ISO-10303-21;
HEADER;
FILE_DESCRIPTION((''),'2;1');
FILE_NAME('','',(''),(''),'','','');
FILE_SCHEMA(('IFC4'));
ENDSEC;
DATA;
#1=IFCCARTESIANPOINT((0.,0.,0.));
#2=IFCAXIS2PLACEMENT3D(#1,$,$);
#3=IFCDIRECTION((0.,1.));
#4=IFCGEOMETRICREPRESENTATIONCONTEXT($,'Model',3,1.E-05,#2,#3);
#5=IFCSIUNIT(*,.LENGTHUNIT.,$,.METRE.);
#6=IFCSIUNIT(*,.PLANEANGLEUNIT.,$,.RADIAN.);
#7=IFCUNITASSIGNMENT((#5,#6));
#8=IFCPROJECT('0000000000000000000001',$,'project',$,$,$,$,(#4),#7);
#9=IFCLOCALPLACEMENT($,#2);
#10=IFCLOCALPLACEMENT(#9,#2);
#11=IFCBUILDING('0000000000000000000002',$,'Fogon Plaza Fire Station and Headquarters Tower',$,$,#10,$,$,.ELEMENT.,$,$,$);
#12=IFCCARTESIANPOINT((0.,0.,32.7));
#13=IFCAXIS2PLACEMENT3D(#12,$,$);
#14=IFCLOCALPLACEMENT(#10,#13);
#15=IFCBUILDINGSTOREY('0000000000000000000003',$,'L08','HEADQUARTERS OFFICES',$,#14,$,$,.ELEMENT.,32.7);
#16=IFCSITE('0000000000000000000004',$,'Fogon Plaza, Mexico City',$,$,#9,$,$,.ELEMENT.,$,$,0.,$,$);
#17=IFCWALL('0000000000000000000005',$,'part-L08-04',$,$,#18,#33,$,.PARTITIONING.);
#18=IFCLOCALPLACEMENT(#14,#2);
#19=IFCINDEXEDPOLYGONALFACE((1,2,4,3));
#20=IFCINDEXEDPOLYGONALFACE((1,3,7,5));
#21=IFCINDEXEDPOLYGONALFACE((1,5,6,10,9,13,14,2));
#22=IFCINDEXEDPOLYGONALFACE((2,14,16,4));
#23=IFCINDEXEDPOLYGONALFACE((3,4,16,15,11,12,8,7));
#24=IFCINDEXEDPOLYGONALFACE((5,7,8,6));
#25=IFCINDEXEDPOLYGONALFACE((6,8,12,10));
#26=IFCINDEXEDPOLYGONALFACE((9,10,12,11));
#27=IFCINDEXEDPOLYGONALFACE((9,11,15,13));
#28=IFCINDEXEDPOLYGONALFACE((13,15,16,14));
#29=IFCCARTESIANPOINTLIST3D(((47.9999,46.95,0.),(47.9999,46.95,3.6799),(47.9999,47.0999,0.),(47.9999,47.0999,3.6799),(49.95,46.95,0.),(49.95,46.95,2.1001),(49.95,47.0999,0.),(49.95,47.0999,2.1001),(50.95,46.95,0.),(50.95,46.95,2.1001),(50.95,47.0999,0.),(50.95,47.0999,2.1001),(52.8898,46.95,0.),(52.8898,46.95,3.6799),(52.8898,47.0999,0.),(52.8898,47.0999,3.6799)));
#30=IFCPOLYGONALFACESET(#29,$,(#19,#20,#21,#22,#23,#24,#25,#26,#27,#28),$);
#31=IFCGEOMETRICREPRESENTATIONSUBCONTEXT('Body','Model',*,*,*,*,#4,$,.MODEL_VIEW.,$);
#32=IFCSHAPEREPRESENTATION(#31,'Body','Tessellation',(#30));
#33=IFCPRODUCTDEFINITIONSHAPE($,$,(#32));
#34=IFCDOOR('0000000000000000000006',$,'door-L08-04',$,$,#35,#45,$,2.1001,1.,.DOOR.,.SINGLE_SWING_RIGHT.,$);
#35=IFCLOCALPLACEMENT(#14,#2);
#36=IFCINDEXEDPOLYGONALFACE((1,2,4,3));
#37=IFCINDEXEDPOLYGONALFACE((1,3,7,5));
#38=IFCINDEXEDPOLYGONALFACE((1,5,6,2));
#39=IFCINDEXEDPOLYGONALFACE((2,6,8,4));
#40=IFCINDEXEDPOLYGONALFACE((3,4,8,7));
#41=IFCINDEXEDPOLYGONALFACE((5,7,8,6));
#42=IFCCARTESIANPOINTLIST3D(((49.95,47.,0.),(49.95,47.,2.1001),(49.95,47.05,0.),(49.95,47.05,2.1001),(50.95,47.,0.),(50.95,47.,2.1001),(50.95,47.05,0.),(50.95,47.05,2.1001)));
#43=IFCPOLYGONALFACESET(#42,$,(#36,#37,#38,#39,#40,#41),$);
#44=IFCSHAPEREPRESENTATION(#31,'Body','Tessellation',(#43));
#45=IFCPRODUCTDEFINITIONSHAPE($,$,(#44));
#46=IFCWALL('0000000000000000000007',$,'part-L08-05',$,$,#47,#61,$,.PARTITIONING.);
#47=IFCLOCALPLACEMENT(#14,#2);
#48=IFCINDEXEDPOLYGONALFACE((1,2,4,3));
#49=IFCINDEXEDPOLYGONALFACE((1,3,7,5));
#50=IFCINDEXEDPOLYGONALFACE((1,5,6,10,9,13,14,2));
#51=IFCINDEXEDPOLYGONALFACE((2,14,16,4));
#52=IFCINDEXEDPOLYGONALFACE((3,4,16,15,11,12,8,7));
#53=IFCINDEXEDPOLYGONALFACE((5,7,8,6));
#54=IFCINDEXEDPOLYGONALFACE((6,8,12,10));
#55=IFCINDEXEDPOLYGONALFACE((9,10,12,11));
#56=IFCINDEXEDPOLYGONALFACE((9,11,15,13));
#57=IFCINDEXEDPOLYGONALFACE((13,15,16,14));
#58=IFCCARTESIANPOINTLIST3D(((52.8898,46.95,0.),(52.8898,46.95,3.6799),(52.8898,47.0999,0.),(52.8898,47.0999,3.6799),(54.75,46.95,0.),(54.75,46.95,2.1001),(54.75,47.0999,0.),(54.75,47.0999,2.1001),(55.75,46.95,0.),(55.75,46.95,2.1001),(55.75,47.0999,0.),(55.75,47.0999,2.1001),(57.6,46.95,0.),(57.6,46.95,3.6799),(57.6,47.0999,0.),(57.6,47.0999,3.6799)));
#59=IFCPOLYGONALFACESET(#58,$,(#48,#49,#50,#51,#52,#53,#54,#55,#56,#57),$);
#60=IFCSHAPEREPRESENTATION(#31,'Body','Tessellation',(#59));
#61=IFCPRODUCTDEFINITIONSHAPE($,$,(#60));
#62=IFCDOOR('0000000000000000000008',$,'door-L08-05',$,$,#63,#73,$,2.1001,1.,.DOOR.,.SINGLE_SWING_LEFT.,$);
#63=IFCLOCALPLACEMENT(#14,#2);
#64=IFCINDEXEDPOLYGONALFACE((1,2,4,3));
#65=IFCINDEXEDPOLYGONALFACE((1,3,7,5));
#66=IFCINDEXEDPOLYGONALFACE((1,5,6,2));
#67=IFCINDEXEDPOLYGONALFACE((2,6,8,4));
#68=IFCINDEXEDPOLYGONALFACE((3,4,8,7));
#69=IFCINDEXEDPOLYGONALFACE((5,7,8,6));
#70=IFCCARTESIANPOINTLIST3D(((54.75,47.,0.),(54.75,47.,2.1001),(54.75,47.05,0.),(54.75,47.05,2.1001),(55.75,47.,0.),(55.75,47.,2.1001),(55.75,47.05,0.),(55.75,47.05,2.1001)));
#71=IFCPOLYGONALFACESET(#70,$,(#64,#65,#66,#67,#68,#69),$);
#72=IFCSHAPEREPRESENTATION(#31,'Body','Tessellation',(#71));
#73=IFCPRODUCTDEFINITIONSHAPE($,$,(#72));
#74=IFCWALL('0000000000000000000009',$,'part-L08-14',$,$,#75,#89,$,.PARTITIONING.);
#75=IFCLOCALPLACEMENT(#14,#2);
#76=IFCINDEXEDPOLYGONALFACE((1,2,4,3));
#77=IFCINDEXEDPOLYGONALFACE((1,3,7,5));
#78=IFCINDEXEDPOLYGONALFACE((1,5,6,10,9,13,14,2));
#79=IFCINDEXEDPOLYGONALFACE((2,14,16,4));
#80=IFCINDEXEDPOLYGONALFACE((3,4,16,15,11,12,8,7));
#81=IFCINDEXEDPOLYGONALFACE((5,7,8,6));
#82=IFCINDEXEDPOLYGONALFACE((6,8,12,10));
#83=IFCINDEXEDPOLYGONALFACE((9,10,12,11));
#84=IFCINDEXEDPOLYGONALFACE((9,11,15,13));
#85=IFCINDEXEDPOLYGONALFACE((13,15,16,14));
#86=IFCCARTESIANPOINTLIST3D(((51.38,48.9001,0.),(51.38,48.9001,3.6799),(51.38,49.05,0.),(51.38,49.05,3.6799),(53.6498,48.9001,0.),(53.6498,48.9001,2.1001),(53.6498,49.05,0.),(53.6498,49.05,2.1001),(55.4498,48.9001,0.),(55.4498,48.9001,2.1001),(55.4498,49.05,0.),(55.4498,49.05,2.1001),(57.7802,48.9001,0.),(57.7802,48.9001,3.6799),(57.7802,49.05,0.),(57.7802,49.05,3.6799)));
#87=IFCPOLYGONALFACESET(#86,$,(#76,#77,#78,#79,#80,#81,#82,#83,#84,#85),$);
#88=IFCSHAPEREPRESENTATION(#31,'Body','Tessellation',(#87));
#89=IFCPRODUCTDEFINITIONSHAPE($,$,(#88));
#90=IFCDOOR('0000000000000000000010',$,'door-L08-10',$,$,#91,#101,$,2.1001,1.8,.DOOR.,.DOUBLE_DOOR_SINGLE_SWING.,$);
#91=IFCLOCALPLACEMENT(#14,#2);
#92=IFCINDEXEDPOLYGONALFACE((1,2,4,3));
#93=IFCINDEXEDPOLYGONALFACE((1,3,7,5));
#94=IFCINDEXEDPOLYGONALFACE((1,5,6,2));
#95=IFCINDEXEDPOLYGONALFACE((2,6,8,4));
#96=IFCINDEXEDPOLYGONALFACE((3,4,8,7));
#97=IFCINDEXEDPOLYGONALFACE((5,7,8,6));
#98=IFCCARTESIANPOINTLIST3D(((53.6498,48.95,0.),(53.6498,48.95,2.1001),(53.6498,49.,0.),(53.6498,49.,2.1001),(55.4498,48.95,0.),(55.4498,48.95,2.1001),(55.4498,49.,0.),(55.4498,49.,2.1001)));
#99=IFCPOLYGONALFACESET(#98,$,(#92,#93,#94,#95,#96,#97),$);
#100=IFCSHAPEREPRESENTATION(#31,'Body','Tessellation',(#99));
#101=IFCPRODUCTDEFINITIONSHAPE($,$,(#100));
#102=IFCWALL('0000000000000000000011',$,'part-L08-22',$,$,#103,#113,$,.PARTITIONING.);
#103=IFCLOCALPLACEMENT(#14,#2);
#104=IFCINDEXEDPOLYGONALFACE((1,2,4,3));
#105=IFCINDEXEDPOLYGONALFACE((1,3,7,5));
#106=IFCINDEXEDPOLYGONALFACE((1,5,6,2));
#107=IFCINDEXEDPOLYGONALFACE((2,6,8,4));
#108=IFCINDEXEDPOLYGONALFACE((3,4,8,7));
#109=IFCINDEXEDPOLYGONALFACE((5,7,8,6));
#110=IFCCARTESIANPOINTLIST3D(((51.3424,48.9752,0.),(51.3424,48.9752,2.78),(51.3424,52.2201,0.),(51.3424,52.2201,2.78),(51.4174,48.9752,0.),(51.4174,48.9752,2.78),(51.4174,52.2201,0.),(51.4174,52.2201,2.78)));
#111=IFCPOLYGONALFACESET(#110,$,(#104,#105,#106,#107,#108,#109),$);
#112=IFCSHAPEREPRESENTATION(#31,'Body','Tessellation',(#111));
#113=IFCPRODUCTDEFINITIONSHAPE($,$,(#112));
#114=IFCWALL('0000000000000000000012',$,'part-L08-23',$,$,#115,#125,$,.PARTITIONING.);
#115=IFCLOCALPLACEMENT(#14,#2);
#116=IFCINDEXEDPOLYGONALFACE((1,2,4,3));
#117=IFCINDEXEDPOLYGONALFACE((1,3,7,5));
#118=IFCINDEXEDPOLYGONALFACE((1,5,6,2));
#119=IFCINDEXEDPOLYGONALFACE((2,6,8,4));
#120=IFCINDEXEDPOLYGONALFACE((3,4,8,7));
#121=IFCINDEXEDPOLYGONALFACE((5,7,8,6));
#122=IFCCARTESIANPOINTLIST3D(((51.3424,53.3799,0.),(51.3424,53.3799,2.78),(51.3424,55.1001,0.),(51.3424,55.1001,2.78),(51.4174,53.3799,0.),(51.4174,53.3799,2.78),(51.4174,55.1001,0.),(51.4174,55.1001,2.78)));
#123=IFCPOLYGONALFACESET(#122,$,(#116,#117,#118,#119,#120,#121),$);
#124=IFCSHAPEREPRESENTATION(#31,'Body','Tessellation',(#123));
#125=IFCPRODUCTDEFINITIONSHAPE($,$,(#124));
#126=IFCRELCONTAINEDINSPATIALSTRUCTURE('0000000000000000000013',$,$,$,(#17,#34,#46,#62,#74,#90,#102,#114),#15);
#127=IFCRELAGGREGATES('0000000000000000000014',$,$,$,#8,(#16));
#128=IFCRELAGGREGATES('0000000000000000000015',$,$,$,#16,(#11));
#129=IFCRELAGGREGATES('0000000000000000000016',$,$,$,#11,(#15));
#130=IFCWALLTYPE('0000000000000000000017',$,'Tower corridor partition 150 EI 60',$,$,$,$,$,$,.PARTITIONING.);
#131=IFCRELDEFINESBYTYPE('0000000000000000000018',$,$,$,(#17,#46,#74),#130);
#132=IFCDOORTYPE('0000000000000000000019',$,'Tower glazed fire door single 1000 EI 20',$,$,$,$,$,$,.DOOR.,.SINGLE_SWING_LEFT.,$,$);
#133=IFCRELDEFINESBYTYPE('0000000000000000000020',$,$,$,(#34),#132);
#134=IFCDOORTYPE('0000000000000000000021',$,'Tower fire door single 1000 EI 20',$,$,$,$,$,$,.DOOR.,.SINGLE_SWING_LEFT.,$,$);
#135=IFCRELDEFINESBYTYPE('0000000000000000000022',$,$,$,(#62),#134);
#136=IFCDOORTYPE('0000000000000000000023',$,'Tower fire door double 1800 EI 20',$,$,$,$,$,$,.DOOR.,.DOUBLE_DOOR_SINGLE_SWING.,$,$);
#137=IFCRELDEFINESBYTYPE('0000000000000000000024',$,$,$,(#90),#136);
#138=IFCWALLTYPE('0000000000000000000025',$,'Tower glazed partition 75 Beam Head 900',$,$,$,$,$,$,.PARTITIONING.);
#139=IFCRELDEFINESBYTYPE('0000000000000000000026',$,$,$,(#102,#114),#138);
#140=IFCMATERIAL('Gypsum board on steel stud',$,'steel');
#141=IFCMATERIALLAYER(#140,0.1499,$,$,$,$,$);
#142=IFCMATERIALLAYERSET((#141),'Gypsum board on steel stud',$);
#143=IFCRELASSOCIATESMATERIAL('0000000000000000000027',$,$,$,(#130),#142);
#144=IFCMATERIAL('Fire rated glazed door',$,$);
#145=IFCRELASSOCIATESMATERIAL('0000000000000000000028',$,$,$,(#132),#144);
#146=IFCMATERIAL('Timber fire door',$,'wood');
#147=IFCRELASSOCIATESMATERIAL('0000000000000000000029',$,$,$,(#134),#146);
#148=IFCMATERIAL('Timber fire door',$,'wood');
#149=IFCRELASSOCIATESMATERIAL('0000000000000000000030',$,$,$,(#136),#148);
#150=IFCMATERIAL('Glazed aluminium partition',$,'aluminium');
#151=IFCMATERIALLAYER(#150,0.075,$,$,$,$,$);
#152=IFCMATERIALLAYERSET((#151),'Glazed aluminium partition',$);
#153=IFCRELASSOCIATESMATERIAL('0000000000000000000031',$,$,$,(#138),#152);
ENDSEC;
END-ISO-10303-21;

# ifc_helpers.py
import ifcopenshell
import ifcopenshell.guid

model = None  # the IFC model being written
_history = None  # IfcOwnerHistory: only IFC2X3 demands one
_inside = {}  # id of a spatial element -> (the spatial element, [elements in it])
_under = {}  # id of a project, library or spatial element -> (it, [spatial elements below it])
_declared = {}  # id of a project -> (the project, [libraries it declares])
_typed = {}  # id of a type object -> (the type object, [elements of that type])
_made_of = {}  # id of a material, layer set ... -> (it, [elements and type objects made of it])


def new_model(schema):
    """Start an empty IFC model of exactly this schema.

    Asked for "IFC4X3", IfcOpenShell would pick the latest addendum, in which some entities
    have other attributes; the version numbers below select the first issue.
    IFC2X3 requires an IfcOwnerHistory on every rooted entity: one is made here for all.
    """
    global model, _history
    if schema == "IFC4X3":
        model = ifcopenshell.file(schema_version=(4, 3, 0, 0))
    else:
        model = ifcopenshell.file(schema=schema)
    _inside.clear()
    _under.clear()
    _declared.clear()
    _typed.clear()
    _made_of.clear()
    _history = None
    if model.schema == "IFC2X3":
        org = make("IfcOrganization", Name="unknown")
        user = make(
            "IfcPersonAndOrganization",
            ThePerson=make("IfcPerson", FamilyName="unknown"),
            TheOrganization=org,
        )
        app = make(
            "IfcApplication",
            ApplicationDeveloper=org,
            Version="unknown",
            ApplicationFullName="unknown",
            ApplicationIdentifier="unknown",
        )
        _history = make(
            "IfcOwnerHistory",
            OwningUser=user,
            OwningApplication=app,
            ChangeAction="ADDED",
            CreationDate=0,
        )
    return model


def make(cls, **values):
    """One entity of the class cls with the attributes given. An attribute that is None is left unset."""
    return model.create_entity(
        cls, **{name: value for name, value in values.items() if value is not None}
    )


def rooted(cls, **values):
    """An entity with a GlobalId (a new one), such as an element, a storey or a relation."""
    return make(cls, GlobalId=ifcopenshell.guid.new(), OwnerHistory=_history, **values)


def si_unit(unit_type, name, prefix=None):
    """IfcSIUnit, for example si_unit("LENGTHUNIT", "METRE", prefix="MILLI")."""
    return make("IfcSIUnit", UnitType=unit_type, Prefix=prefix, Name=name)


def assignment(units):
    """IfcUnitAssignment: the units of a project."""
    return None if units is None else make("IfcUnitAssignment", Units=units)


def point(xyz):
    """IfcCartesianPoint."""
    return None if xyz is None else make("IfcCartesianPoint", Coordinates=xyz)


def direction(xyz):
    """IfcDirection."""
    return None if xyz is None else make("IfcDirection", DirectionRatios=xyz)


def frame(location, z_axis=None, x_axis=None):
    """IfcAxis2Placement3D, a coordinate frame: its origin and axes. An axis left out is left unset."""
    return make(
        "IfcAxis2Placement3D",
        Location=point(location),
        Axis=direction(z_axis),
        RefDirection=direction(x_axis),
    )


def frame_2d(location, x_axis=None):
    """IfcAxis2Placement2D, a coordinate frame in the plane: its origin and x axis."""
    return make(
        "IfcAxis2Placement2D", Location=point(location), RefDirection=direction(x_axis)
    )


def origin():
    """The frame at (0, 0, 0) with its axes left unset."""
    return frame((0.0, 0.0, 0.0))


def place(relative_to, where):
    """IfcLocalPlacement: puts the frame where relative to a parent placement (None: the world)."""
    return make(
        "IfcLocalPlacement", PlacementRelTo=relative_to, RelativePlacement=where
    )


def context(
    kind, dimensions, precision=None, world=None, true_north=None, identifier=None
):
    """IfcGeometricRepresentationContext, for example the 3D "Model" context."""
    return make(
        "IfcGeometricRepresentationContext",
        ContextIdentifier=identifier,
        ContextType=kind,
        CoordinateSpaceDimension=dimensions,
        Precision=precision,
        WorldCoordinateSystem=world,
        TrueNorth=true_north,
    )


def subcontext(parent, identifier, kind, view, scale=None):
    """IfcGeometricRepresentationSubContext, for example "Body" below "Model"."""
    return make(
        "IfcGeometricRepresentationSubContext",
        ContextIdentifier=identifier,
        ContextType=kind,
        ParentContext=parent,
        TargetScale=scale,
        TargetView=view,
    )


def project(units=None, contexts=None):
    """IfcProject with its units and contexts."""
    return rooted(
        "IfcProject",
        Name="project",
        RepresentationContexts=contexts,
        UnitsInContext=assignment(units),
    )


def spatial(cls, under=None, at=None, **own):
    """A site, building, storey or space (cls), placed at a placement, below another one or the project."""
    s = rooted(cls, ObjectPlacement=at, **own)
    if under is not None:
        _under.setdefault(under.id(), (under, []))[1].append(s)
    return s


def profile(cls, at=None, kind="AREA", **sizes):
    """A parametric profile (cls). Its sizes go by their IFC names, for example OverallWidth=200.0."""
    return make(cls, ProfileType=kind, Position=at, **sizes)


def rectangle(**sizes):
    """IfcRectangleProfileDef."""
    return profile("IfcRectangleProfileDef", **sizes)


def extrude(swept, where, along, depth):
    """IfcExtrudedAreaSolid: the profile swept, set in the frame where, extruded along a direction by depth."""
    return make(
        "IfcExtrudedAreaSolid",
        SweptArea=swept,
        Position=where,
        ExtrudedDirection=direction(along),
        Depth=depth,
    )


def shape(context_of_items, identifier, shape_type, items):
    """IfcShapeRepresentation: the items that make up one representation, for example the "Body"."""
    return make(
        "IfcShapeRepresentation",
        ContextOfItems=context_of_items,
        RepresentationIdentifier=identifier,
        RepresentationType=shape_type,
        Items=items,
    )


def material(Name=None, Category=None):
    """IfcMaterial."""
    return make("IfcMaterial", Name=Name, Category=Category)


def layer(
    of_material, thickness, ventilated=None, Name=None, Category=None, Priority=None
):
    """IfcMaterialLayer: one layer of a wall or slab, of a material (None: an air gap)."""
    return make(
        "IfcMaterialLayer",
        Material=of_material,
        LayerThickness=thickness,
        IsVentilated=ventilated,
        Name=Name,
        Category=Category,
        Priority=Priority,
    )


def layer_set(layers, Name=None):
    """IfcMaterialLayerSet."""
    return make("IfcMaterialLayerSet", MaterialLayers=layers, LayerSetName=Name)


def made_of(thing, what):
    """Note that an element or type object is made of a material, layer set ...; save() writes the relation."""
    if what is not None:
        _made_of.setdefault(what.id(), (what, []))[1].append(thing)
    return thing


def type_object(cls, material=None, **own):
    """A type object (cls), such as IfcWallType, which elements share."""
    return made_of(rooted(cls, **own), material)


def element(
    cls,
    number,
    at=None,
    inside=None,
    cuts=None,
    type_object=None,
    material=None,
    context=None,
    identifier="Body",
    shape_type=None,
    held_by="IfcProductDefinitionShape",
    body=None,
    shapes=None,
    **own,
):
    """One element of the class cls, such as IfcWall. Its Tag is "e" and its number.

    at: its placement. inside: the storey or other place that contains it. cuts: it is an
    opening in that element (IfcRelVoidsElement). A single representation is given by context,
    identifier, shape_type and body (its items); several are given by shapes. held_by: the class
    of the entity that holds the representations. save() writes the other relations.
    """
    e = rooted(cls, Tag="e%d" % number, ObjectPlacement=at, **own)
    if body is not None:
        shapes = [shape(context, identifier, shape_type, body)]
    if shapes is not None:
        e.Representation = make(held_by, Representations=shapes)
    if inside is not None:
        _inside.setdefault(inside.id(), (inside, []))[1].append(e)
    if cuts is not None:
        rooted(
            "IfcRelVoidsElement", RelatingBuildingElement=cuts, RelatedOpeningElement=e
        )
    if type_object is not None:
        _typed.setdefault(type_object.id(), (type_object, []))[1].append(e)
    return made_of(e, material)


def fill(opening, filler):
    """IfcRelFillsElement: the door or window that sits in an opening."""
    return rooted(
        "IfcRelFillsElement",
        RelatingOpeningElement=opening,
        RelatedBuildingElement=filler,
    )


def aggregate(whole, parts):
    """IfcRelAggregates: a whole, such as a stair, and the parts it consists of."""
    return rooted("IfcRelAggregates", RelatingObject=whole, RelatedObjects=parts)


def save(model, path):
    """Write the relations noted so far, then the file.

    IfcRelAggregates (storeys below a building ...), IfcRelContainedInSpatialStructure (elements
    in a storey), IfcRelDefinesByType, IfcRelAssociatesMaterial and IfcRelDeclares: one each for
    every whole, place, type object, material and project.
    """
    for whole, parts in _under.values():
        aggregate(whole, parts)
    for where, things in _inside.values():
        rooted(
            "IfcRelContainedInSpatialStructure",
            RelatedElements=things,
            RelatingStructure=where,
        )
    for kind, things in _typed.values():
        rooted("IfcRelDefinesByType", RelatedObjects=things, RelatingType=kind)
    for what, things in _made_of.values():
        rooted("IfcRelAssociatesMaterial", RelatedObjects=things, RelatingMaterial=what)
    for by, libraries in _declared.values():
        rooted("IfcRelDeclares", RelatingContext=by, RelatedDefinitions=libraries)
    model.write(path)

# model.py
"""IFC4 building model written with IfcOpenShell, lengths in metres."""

from ifc_helpers import new_model, si_unit, direction, frame, frame_2d, origin, place, context, subcontext, project, spatial, rectangle, extrude, material, layer, layer_set, type_object, element, fill, save


model = new_model("IFC4")

# Units and contexts
model_context = context("Model", 3, precision=1e-05, world=origin(), true_north=direction((0.0, 1.0)))
body_context = subcontext(model_context, "Body", "Model", "MODEL_VIEW")
ifc_project = project(units=[si_unit("LENGTHUNIT", "METRE"), si_unit("PLANEANGLEUNIT", "RADIAN")], contexts=[model_context])

# Site, building, storey
site_placement = place(None, origin())
site = spatial("IfcSite", under=ifc_project, at=site_placement, Name="Fogon Plaza, Mexico City", CompositionType="ELEMENT", RefElevation=0.0)
building_placement = place(site_placement, origin())
building = spatial("IfcBuilding", under=site, at=building_placement, Name="Fogon Plaza Fire Station and Headquarters Tower", CompositionType="ELEMENT")
storey_placement = place(building_placement, frame((0.0, 0.0, 32.7)))
storey = spatial("IfcBuildingStorey", under=building, at=storey_placement, Name="L08", Description="HEADQUARTERS OFFICES", CompositionType="ELEMENT", Elevation=32.7)

# Walls, openings, doors
ifc_material_1 = material(Name="Gypsum board on steel stud", Category="steel")
ifc_layer_1 = layer(ifc_material_1, 0.1499)
ifc_layer_set_1 = layer_set([ifc_layer_1], Name="Gypsum board on steel stud")
wall_type_1 = type_object("IfcWallType", Name="Tower corridor partition 150 EI 60", PredefinedType="PARTITIONING", material=ifc_layer_set_1)
wall_1_placement = place(storey_placement, frame((48.0, 47.0249, 0.0), z_axis=(0.0, 0.0, 1.0), x_axis=(1.0, 0.0, 0.0)))
wall_1 = element("IfcWall", 1, at=wall_1_placement, inside=storey, type_object=wall_type_1, Name="part-L08-04", PredefinedType="PARTITIONING", context=body_context, shape_type="SweptSolid", body=[
    extrude(rectangle(XDim=4.8899, YDim=0.1499, at=frame_2d((2.4448, 0.0))), origin(), (0.0, 0.0, 1.0), 3.6799),
])
opening_1_placement = place(wall_1_placement, frame((1.95, 0.0, 0.0)))
opening_1 = element("IfcOpeningElement", 2, at=opening_1_placement, cuts=wall_1, PredefinedType="OPENING", context=body_context, shape_type="SweptSolid", body=[
    extrude(rectangle(XDim=1.0, YDim=2.1001, at=frame_2d((0.5, 1.05))), frame((0.0, 0.085, 0.0), z_axis=(0.0, -1.0, 0.0), x_axis=(1.0, 0.0, 0.0)), (0.0, 0.0, 1.0), 0.1699),
])
ifc_material_2 = material(Name="Fire rated glazed door")
door_type_1 = type_object("IfcDoorType", Name="Tower glazed fire door single 1000 EI 20", OperationType="SINGLE_SWING_LEFT", PredefinedType="DOOR", material=ifc_material_2)
door_1_placement = place(opening_1_placement, frame((1.0, 0.0, 0.0), z_axis=(0.0, 0.0, 1.0), x_axis=(-1.0, 0.0, 0.0)))
door_1 = element("IfcDoor", 3, at=door_1_placement, inside=storey, type_object=door_type_1, Name="door-L08-04", OperationType="SINGLE_SWING_RIGHT", OverallHeight=2.1001, OverallWidth=1.0, PredefinedType="DOOR", context=body_context, shape_type="SweptSolid", body=[
    extrude(rectangle(XDim=1.0, YDim=2.1001, at=frame_2d((0.5, 1.05))), frame((0.0, 0.0249, 0.0), z_axis=(0.0, -1.0, 0.0), x_axis=(1.0, 0.0, 0.0)), (0.0, 0.0, 1.0), 0.05),
])
fill(opening_1, door_1)
wall_2_placement = place(storey_placement, frame((52.8899, 47.0249, 0.0), z_axis=(0.0, 0.0, 1.0), x_axis=(1.0, 0.0, 0.0)))
wall_2 = element("IfcWall", 4, at=wall_2_placement, inside=storey, type_object=wall_type_1, Name="part-L08-05", PredefinedType="PARTITIONING", context=body_context, shape_type="SweptSolid", body=[
    extrude(rectangle(XDim=4.7102, YDim=0.1499, at=frame_2d((2.355, 0.0))), origin(), (0.0, 0.0, 1.0), 3.6799),
])
opening_2_placement = place(wall_2_placement, frame((1.8601, 0.0, 0.0)))
opening_2 = element("IfcOpeningElement", 5, at=opening_2_placement, cuts=wall_2, PredefinedType="OPENING", context=body_context, shape_type="SweptSolid", body=[
    extrude(rectangle(XDim=1.0, YDim=2.1001, at=frame_2d((0.5, 1.05))), frame((0.0, 0.085, 0.0), z_axis=(0.0, -1.0, 0.0), x_axis=(1.0, 0.0, 0.0)), (0.0, 0.0, 1.0), 0.1699),
])
ifc_material_3 = material(Name="Timber fire door", Category="wood")
door_type_2 = type_object("IfcDoorType", Name="Tower fire door single 1000 EI 20", OperationType="SINGLE_SWING_LEFT", PredefinedType="DOOR", material=ifc_material_3)
door_2_placement = place(opening_2_placement, frame((1.0, 0.0, 0.0), z_axis=(0.0, 0.0, 1.0), x_axis=(-1.0, 0.0, 0.0)))
door_2 = element("IfcDoor", 6, at=door_2_placement, inside=storey, type_object=door_type_2, Name="door-L08-05", OperationType="SINGLE_SWING_LEFT", OverallHeight=2.1001, OverallWidth=1.0, PredefinedType="DOOR", context=body_context, shape_type="SweptSolid", body=[
    extrude(rectangle(XDim=1.0, YDim=2.1001, at=frame_2d((0.5, 1.05))), frame((0.0, 0.0249, 0.0), z_axis=(0.0, -1.0, 0.0), x_axis=(1.0, 0.0, 0.0)), (0.0, 0.0, 1.0), 0.05),
])
fill(opening_2, door_2)
wall_3_placement = place(storey_placement, frame((51.3799, 48.9751, 0.0), z_axis=(0.0, 0.0, 1.0), x_axis=(1.0, 0.0, 0.0)))
wall_3 = element("IfcWall", 7, at=wall_3_placement, inside=storey, type_object=wall_type_1, Name="part-L08-14", PredefinedType="PARTITIONING", context=body_context, shape_type="SweptSolid", body=[
    extrude(rectangle(XDim=6.4001, YDim=0.1499, at=frame_2d((3.2002, 0.0))), origin(), (0.0, 0.0, 1.0), 3.6799),
])
opening_3_placement = place(wall_3_placement, frame((2.27, 0.0, 0.0)))
opening_3 = element("IfcOpeningElement", 8, at=opening_3_placement, cuts=wall_3, PredefinedType="OPENING", context=body_context, shape_type="SweptSolid", body=[
    extrude(rectangle(XDim=1.8, YDim=2.1001, at=frame_2d((0.8999, 1.05))), frame((0.0, 0.085, 0.0), z_axis=(0.0, -1.0, 0.0), x_axis=(1.0, 0.0, 0.0)), (0.0, 0.0, 1.0), 0.1699),
])
ifc_material_4 = material(Name="Timber fire door", Category="wood")
door_type_3 = type_object("IfcDoorType", Name="Tower fire door double 1800 EI 20", OperationType="DOUBLE_DOOR_SINGLE_SWING", PredefinedType="DOOR", material=ifc_material_4)
door_3_placement = place(opening_3_placement, origin())
door_3 = element("IfcDoor", 9, at=door_3_placement, inside=storey, type_object=door_type_3, Name="door-L08-10", OperationType="DOUBLE_DOOR_SINGLE_SWING", OverallHeight=2.1001, OverallWidth=1.8, PredefinedType="DOOR", context=body_context, shape_type="SweptSolid", body=[
    extrude(rectangle(XDim=1.8, YDim=2.1001, at=frame_2d((0.8999, 1.05))), frame((0.0, 0.0249, 0.0), z_axis=(0.0, -1.0, 0.0), x_axis=(1.0, 0.0, 0.0)), (0.0, 0.0, 1.0), 0.05),
])
fill(opening_3, door_3)

# Walls
ifc_material_5 = material(Name="Glazed aluminium partition", Category="aluminium")
ifc_layer_2 = layer(ifc_material_5, 0.075)
ifc_layer_set_2 = layer_set([ifc_layer_2], Name="Glazed aluminium partition")
wall_type_2 = type_object("IfcWallType", Name="Tower glazed partition 75 Beam Head 900", PredefinedType="PARTITIONING", material=ifc_layer_set_2)
wall_4_placement = place(storey_placement, frame((51.3799, 48.9751, 0.0), z_axis=(0.0, 0.0, 1.0), x_axis=(0.0, 1.0, 0.0)))
element("IfcWall", 10, at=wall_4_placement, inside=storey, type_object=wall_type_2, Name="part-L08-22", PredefinedType="PARTITIONING", context=body_context, shape_type="SweptSolid", body=[
    extrude(rectangle(XDim=3.2449, YDim=0.075, at=frame_2d((1.6226, 0.0))), origin(), (0.0, 0.0, 1.0), 2.78),
])
wall_5_placement = place(storey_placement, frame((51.3799, 53.3799, 0.0), z_axis=(0.0, 0.0, 1.0), x_axis=(0.0, 1.0, 0.0)))
element("IfcWall", 11, at=wall_5_placement, inside=storey, type_object=wall_type_2, Name="part-L08-23", PredefinedType="PARTITIONING", context=body_context, shape_type="SweptSolid", body=[
    extrude(rectangle(XDim=1.7202, YDim=0.075, at=frame_2d((0.8601, 0.0))), origin(), (0.0, 0.0, 1.0), 2.78),
])

save(model, "model.ifc")
